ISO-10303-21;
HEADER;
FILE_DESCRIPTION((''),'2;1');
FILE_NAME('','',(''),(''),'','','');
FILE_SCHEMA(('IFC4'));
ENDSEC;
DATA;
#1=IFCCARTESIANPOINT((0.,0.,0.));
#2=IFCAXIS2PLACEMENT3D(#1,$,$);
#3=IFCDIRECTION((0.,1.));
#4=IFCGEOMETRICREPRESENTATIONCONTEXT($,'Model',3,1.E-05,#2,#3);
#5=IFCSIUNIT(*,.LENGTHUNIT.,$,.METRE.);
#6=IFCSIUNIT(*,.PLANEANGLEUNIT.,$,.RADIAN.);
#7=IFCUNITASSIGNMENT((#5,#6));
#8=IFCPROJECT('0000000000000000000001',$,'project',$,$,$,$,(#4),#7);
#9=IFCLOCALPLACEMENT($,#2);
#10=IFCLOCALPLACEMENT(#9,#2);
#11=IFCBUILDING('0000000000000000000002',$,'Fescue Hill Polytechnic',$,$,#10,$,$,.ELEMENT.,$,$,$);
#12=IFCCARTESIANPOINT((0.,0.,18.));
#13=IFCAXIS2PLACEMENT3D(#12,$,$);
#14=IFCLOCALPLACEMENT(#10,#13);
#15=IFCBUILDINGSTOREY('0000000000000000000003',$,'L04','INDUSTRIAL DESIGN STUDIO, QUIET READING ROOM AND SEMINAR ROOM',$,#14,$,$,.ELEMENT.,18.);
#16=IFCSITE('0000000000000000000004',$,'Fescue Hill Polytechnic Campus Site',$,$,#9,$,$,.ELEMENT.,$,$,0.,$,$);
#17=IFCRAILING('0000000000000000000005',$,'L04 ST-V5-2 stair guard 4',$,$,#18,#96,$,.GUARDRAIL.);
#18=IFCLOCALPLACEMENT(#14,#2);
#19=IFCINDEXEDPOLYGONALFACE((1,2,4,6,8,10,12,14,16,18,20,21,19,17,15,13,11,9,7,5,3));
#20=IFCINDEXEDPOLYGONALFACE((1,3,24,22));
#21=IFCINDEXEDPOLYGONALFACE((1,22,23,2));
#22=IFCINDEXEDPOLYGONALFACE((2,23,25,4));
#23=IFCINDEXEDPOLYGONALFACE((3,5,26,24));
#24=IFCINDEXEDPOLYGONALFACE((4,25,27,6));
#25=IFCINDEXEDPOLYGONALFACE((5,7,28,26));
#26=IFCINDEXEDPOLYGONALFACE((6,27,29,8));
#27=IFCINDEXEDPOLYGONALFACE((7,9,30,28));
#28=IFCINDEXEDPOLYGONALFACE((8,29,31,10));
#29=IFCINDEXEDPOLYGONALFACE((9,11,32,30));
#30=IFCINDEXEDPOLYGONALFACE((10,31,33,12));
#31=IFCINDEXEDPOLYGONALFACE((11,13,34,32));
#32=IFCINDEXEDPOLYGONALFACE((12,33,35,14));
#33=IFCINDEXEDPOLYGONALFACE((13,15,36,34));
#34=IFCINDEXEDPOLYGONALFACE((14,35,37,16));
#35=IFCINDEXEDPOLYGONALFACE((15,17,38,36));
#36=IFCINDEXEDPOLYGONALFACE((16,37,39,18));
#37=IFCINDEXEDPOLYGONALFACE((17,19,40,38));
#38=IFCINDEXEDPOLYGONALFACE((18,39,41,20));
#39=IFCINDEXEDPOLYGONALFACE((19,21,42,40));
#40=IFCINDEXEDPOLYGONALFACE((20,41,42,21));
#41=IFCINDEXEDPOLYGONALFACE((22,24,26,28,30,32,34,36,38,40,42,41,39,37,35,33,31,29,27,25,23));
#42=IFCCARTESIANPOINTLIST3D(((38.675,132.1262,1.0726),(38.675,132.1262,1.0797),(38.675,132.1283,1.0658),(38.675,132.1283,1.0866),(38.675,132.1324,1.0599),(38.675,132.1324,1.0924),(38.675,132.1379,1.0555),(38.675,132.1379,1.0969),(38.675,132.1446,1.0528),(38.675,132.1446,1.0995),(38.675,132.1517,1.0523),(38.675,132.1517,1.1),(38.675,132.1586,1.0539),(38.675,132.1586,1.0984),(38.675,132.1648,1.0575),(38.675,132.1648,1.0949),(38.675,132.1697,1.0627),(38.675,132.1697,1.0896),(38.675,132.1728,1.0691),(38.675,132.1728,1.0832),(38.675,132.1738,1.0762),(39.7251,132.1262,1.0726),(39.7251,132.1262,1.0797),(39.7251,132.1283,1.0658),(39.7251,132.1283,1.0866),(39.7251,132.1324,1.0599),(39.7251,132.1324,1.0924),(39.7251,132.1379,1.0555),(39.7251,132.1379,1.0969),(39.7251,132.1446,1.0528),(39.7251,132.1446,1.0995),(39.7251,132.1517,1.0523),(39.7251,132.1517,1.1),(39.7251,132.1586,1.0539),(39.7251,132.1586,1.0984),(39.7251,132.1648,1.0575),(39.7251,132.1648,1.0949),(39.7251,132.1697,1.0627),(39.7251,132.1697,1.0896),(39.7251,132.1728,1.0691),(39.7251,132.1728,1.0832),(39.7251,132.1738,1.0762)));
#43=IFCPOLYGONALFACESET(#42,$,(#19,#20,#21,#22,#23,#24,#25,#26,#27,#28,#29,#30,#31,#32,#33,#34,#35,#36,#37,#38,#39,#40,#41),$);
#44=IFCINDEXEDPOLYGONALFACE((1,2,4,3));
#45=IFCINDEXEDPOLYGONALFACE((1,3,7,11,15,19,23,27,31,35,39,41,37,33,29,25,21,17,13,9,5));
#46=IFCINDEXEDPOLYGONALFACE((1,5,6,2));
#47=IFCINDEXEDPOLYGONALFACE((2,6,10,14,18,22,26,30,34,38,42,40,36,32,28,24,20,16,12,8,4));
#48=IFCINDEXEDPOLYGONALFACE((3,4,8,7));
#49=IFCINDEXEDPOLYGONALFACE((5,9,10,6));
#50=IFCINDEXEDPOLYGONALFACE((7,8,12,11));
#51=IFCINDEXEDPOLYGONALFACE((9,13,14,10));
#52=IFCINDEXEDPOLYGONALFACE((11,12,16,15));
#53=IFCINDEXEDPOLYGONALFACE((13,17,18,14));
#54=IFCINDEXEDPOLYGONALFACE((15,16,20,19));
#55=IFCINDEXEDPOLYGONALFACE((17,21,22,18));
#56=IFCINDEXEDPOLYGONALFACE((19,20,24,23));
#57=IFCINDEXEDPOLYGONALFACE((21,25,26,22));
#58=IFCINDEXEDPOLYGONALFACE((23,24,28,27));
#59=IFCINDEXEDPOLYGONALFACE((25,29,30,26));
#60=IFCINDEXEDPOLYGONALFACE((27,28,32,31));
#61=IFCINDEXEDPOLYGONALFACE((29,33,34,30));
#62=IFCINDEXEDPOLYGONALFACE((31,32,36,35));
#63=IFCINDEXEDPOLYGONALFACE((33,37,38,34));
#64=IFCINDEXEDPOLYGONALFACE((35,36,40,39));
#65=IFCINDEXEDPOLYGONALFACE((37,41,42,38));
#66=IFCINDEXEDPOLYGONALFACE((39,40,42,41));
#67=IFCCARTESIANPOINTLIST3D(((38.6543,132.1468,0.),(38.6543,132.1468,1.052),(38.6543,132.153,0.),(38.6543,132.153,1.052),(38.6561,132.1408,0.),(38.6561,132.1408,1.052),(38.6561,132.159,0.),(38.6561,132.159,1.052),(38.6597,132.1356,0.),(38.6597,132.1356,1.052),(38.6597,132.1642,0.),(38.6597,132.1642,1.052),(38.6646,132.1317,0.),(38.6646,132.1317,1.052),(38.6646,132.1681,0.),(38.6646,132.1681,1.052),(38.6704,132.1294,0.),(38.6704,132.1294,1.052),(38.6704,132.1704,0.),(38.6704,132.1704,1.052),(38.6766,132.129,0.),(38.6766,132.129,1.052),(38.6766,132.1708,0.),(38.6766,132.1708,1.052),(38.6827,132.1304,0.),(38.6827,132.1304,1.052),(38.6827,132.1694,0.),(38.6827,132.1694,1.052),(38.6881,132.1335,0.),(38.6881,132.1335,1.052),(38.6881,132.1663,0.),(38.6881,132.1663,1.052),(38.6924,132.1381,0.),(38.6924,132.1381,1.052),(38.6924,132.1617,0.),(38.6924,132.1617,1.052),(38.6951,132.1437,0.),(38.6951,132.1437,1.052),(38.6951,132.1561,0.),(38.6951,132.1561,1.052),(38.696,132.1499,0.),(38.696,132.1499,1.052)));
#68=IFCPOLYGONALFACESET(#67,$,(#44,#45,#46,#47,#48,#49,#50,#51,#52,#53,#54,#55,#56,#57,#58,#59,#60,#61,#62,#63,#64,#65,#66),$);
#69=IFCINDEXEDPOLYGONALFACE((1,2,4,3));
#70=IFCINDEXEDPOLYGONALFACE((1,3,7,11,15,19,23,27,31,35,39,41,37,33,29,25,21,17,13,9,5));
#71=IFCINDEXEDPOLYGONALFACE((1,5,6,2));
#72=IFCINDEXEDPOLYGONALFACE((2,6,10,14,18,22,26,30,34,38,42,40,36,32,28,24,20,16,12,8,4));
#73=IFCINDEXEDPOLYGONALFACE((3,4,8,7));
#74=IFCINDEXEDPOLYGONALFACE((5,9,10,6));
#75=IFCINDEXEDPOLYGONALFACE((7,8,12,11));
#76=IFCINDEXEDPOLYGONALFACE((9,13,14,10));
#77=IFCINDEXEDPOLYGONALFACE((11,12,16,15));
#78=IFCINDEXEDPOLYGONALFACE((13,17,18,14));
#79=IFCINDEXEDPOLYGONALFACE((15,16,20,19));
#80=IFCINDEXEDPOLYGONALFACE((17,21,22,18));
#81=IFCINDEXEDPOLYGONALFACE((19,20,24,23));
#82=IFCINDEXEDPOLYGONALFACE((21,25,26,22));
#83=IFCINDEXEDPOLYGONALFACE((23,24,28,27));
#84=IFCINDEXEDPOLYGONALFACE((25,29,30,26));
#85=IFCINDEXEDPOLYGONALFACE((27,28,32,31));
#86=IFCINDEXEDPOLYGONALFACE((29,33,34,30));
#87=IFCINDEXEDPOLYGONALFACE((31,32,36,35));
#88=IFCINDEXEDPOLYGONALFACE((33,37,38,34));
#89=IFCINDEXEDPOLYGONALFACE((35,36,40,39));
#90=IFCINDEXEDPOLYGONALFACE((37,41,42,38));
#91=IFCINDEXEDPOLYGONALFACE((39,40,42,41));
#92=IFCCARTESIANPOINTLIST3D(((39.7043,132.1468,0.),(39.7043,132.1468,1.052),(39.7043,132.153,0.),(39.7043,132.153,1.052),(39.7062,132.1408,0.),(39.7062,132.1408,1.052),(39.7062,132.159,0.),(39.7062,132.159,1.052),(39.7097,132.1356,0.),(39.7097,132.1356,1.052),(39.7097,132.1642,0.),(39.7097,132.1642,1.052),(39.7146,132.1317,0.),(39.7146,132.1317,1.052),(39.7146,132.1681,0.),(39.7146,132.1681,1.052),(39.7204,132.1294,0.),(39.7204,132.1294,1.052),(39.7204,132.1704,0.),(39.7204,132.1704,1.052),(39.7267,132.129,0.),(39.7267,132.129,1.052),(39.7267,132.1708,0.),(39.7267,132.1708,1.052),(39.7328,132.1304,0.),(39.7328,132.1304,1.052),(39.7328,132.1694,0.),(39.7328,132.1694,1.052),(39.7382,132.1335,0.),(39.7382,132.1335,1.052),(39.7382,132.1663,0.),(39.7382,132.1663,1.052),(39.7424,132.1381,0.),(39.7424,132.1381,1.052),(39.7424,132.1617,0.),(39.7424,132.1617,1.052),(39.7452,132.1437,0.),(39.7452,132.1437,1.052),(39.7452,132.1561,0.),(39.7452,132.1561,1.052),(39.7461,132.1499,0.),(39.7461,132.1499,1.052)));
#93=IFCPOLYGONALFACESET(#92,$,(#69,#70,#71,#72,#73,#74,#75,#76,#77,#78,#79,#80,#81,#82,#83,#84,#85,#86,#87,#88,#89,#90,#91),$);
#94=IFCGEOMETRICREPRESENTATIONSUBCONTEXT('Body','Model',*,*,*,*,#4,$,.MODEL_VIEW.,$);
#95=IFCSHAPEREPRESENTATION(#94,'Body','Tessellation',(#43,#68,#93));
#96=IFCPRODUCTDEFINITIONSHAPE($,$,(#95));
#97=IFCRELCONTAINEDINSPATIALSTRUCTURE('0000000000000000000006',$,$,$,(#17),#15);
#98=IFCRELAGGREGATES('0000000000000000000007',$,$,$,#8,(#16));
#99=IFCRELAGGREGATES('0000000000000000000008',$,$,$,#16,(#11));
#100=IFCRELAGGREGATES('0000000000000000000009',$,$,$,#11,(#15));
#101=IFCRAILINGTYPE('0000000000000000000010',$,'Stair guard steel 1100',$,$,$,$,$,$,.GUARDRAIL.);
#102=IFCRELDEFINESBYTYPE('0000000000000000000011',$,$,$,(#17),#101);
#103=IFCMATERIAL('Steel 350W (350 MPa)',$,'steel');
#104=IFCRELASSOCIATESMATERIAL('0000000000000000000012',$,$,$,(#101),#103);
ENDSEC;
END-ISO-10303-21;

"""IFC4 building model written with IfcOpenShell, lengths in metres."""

from ifc_helpers import new_model, si_unit, direction, frame, origin, origin_2d, place, context, subcontext, project, spatial, circle, extrude, material, type_object, element, save


model = new_model("IFC4")

# Units and contexts
model_context = context("Model", 3, precision=1e-05, world=origin(), true_north=direction((0.0, 1.0)))
body_context = subcontext(model_context, "Body", "Model", "MODEL_VIEW")
ifc_project = project(units=[si_unit("LENGTHUNIT", "METRE"), si_unit("PLANEANGLEUNIT", "RADIAN")], contexts=[model_context])

# Site, building, storey
site_placement = place(None, origin())
site = spatial("IfcSite", under=ifc_project, at=site_placement, Name="Fescue Hill Polytechnic Campus Site", CompositionType="ELEMENT", RefElevation=0.0)
building_placement = place(site_placement, origin())
building = spatial("IfcBuilding", under=site, at=building_placement, Name="Fescue Hill Polytechnic", CompositionType="ELEMENT")
storey_placement = place(building_placement, frame((0.0, 0.0, 18.0)))
storey = spatial("IfcBuildingStorey", under=building, at=storey_placement, Name="L04", Description="INDUSTRIAL DESIGN STUDIO, QUIET READING ROOM AND SEMINAR ROOM", CompositionType="ELEMENT", Elevation=18.0)

# Railing
ifc_material_1 = material(Name="Steel 350W (350 MPa)", Category="steel")
railing_type_1 = type_object("IfcRailingType", Name="Stair guard steel 1100", PredefinedType="GUARDRAIL", material=ifc_material_1)
railing_1_placement = place(storey_placement, frame((38.675, 132.1499, 0.0)))
element("IfcRailing", 1, at=railing_1_placement, inside=storey, type_object=railing_type_1, Name="L04 ST-V5-2 stair guard 4", PredefinedType="GUARDRAIL", context=body_context, shape_type="SweptSolid", body=[
    extrude(circle(Radius=0.0239, at=origin_2d()), frame((0.0, 0.0, 1.0762), z_axis=(1.0, 0.0, 0.0), x_axis=(0.0, 1.0, 0.0)), (0.0, 0.0, 1.0), 1.05),
    extrude(circle(Radius=0.021, at=origin_2d()), origin(), (0.0, 0.0, 1.0), 1.052),
    extrude(circle(Radius=0.021, at=origin_2d()), frame((1.05, 0.0, 0.0)), (0.0, 0.0, 1.0), 1.052),
])

save(model, "model.ifc")
